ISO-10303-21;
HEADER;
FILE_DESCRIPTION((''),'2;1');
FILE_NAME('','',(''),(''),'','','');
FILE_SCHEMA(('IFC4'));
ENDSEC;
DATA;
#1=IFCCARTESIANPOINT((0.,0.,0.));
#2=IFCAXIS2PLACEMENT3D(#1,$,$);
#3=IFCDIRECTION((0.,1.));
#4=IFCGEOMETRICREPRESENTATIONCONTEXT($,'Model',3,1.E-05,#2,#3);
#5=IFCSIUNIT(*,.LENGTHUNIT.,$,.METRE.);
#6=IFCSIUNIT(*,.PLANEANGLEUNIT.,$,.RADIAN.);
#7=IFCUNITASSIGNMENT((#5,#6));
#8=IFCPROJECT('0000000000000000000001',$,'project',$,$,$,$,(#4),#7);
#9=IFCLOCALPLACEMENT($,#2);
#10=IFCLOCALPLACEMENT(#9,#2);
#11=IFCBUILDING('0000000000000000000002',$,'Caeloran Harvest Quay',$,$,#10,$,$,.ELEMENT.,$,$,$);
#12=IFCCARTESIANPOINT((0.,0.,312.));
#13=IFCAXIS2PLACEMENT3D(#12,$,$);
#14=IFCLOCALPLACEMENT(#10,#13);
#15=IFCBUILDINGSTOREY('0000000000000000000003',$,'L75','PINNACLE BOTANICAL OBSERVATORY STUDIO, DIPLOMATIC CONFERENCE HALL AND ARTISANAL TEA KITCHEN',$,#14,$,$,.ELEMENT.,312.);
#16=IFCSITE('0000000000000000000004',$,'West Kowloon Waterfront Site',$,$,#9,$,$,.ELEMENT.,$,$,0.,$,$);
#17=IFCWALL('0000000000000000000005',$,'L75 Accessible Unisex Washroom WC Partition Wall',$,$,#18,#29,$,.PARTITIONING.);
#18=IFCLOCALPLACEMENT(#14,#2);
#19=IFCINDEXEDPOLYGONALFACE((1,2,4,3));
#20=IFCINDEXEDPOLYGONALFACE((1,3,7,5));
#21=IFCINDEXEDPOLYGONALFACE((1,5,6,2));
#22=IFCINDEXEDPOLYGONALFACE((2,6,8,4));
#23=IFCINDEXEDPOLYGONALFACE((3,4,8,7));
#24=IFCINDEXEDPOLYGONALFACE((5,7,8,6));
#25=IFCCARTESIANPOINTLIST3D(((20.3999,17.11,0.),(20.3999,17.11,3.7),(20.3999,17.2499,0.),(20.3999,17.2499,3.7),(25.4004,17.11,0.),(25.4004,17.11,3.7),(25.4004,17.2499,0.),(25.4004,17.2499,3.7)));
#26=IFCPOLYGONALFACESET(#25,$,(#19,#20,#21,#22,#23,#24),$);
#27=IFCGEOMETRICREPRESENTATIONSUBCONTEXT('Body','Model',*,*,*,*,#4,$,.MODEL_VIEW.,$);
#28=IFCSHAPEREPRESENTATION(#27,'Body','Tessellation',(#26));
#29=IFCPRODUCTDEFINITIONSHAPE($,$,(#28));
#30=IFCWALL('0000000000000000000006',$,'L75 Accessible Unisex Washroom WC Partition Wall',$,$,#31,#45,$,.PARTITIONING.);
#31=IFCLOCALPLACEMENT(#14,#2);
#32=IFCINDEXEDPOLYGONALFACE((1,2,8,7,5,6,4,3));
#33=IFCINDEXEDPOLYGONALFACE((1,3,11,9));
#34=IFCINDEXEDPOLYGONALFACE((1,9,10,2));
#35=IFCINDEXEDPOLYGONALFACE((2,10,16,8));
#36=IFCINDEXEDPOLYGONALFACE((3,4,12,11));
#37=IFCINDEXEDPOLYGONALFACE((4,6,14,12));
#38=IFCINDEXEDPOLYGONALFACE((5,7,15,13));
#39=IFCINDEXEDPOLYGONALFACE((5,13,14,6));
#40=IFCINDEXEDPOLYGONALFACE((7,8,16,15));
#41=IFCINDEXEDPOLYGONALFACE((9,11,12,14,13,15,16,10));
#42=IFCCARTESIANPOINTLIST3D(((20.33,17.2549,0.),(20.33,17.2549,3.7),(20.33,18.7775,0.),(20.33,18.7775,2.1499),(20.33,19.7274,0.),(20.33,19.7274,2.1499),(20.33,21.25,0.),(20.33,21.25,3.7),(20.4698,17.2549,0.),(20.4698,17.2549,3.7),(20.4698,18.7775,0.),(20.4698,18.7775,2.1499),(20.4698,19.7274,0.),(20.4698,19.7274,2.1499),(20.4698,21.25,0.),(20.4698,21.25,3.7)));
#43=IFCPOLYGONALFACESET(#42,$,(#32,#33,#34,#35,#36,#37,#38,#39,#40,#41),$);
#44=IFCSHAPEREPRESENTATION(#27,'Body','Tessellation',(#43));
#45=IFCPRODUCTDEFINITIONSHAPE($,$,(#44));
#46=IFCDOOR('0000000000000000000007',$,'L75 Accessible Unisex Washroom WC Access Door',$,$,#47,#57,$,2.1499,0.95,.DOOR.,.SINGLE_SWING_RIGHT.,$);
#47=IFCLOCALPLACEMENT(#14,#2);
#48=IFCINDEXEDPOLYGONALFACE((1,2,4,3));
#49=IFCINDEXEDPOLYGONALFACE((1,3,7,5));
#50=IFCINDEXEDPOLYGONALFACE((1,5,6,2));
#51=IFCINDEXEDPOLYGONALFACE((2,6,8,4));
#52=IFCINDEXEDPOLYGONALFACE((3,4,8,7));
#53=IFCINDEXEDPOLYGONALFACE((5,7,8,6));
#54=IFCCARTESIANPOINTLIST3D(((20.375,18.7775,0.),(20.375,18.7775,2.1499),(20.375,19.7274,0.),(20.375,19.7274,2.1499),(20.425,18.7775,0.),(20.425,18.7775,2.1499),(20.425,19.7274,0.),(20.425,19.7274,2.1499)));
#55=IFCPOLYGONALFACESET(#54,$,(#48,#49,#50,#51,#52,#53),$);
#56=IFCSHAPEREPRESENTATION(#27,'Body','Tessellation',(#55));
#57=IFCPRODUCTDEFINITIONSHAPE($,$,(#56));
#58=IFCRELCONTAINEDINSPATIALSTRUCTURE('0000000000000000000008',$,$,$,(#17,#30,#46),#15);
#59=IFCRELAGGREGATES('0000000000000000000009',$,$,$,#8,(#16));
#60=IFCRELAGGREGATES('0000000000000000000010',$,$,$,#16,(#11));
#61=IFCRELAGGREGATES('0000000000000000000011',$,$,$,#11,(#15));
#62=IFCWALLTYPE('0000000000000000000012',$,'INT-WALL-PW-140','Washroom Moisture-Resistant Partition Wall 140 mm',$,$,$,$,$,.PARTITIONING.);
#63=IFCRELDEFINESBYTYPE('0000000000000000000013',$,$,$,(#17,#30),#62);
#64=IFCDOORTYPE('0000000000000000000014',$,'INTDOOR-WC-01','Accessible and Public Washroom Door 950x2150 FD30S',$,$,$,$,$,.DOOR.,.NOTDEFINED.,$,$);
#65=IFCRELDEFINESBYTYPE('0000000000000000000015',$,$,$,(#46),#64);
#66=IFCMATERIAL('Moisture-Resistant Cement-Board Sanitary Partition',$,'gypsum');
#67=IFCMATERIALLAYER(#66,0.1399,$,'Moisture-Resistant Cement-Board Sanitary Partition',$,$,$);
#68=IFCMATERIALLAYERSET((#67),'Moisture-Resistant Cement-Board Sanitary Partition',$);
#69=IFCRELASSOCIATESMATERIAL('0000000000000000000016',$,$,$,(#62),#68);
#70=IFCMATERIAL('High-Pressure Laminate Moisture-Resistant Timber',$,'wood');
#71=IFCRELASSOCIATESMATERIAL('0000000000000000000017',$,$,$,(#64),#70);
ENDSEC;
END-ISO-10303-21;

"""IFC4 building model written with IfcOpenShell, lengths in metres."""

from ifc_helpers import new_model, si_unit, direction, frame, frame_2d, origin, place, context, subcontext, project, spatial, rectangle, extrude, material, layer, layer_set, type_object, element, fill, save


model = new_model("IFC4")

# Units and contexts
model_context = context("Model", 3, precision=1e-05, world=origin(), true_north=direction((0.0, 1.0)))
body_context = subcontext(model_context, "Body", "Model", "MODEL_VIEW")
ifc_project = project(units=[si_unit("LENGTHUNIT", "METRE"), si_unit("PLANEANGLEUNIT", "RADIAN")], contexts=[model_context])

# Site, building, storey
site_placement = place(None, origin())
site = spatial("IfcSite", under=ifc_project, at=site_placement, Name="West Kowloon Waterfront Site", CompositionType="ELEMENT", RefElevation=0.0)
building_placement = place(site_placement, origin())
building = spatial("IfcBuilding", under=site, at=building_placement, Name="Caeloran Harvest Quay", CompositionType="ELEMENT")
storey_placement = place(building_placement, frame((0.0, 0.0, 312.0)))
storey = spatial("IfcBuildingStorey", under=building, at=storey_placement, Name="L75", Description="PINNACLE BOTANICAL OBSERVATORY STUDIO, DIPLOMATIC CONFERENCE HALL AND ARTISANAL TEA KITCHEN", CompositionType="ELEMENT", Elevation=312.0)

# Shared definitions
ifc_material_1 = material(Name="Moisture-Resistant Cement-Board Sanitary Partition", Category="gypsum")
ifc_layer_1 = layer(ifc_material_1, 0.1399, Name="Moisture-Resistant Cement-Board Sanitary Partition")
ifc_layer_set_1 = layer_set([ifc_layer_1], Name="Moisture-Resistant Cement-Board Sanitary Partition")
wall_type_1 = type_object("IfcWallType", Name="INT-WALL-PW-140", Description="Washroom Moisture-Resistant Partition Wall 140 mm", PredefinedType="PARTITIONING", material=ifc_layer_set_1)

# Shared definitions
ifc_material_2 = material(Name="High-Pressure Laminate Moisture-Resistant Timber", Category="wood")
door_type_1 = type_object("IfcDoorType", Name="INTDOOR-WC-01", Description="Accessible and Public Washroom Door 950x2150 FD30S", OperationType="NOTDEFINED", PredefinedType="DOOR", material=ifc_material_2)

# Wall
wall_1_placement = place(storey_placement, frame((25.4004, 17.1799, 0.0), z_axis=(0.0, 0.0, 1.0), x_axis=(-1.0, 0.0, 0.0)))
element("IfcWall", 1, at=wall_1_placement, inside=storey, type_object=wall_type_1, Name="L75 Accessible Unisex Washroom WC Partition Wall", PredefinedType="PARTITIONING", context=body_context, shape_type="SweptSolid", body=[
    extrude(rectangle(XDim=5.0005, YDim=0.1399, at=frame_2d((2.5002, 0.0))), origin(), (0.0, 0.0, 1.0), 3.7),
])

# Wall, opening, door
wall_2_placement = place(storey_placement, frame((20.3999, 17.2549, 0.0), z_axis=(0.0, 0.0, 1.0), x_axis=(0.0, 1.0, 0.0)))
wall_2 = element("IfcWall", 2, at=wall_2_placement, inside=storey, type_object=wall_type_1, Name="L75 Accessible Unisex Washroom WC Partition Wall", PredefinedType="PARTITIONING", context=body_context, shape_type="SweptSolid", body=[
    extrude(rectangle(XDim=3.9951, YDim=0.1399, at=frame_2d((1.9976, 0.0))), origin(), (0.0, 0.0, 1.0), 3.7),
])
opening_1_placement = place(wall_2_placement, frame((1.5225, 0.0, 0.0)))
opening_1 = element("IfcOpeningElement", 3, at=opening_1_placement, cuts=wall_2, PredefinedType="OPENING", context=body_context, shape_type="SweptSolid", body=[
    extrude(rectangle(XDim=0.95, YDim=2.1499, at=frame_2d((0.4751, 1.075))), frame((0.0, 0.0801, 0.0), z_axis=(0.0, -1.0, 0.0), x_axis=(1.0, 0.0, 0.0)), (0.0, 0.0, 1.0), 0.1599),
])
door_1_placement = place(opening_1_placement, origin())
door_1 = element("IfcDoor", 4, at=door_1_placement, inside=storey, type_object=door_type_1, Name="L75 Accessible Unisex Washroom WC Access Door", OperationType="SINGLE_SWING_RIGHT", OverallHeight=2.1499, OverallWidth=0.95, PredefinedType="DOOR", context=body_context, shape_type="SweptSolid", body=[
    extrude(rectangle(XDim=0.95, YDim=2.1499, at=frame_2d((0.4751, 1.075))), frame((0.0, 0.0249, 0.0), z_axis=(0.0, -1.0, 0.0), x_axis=(1.0, 0.0, 0.0)), (0.0, 0.0, 1.0), 0.05),
])
fill(opening_1, door_1)

save(model, "model.ifc")
